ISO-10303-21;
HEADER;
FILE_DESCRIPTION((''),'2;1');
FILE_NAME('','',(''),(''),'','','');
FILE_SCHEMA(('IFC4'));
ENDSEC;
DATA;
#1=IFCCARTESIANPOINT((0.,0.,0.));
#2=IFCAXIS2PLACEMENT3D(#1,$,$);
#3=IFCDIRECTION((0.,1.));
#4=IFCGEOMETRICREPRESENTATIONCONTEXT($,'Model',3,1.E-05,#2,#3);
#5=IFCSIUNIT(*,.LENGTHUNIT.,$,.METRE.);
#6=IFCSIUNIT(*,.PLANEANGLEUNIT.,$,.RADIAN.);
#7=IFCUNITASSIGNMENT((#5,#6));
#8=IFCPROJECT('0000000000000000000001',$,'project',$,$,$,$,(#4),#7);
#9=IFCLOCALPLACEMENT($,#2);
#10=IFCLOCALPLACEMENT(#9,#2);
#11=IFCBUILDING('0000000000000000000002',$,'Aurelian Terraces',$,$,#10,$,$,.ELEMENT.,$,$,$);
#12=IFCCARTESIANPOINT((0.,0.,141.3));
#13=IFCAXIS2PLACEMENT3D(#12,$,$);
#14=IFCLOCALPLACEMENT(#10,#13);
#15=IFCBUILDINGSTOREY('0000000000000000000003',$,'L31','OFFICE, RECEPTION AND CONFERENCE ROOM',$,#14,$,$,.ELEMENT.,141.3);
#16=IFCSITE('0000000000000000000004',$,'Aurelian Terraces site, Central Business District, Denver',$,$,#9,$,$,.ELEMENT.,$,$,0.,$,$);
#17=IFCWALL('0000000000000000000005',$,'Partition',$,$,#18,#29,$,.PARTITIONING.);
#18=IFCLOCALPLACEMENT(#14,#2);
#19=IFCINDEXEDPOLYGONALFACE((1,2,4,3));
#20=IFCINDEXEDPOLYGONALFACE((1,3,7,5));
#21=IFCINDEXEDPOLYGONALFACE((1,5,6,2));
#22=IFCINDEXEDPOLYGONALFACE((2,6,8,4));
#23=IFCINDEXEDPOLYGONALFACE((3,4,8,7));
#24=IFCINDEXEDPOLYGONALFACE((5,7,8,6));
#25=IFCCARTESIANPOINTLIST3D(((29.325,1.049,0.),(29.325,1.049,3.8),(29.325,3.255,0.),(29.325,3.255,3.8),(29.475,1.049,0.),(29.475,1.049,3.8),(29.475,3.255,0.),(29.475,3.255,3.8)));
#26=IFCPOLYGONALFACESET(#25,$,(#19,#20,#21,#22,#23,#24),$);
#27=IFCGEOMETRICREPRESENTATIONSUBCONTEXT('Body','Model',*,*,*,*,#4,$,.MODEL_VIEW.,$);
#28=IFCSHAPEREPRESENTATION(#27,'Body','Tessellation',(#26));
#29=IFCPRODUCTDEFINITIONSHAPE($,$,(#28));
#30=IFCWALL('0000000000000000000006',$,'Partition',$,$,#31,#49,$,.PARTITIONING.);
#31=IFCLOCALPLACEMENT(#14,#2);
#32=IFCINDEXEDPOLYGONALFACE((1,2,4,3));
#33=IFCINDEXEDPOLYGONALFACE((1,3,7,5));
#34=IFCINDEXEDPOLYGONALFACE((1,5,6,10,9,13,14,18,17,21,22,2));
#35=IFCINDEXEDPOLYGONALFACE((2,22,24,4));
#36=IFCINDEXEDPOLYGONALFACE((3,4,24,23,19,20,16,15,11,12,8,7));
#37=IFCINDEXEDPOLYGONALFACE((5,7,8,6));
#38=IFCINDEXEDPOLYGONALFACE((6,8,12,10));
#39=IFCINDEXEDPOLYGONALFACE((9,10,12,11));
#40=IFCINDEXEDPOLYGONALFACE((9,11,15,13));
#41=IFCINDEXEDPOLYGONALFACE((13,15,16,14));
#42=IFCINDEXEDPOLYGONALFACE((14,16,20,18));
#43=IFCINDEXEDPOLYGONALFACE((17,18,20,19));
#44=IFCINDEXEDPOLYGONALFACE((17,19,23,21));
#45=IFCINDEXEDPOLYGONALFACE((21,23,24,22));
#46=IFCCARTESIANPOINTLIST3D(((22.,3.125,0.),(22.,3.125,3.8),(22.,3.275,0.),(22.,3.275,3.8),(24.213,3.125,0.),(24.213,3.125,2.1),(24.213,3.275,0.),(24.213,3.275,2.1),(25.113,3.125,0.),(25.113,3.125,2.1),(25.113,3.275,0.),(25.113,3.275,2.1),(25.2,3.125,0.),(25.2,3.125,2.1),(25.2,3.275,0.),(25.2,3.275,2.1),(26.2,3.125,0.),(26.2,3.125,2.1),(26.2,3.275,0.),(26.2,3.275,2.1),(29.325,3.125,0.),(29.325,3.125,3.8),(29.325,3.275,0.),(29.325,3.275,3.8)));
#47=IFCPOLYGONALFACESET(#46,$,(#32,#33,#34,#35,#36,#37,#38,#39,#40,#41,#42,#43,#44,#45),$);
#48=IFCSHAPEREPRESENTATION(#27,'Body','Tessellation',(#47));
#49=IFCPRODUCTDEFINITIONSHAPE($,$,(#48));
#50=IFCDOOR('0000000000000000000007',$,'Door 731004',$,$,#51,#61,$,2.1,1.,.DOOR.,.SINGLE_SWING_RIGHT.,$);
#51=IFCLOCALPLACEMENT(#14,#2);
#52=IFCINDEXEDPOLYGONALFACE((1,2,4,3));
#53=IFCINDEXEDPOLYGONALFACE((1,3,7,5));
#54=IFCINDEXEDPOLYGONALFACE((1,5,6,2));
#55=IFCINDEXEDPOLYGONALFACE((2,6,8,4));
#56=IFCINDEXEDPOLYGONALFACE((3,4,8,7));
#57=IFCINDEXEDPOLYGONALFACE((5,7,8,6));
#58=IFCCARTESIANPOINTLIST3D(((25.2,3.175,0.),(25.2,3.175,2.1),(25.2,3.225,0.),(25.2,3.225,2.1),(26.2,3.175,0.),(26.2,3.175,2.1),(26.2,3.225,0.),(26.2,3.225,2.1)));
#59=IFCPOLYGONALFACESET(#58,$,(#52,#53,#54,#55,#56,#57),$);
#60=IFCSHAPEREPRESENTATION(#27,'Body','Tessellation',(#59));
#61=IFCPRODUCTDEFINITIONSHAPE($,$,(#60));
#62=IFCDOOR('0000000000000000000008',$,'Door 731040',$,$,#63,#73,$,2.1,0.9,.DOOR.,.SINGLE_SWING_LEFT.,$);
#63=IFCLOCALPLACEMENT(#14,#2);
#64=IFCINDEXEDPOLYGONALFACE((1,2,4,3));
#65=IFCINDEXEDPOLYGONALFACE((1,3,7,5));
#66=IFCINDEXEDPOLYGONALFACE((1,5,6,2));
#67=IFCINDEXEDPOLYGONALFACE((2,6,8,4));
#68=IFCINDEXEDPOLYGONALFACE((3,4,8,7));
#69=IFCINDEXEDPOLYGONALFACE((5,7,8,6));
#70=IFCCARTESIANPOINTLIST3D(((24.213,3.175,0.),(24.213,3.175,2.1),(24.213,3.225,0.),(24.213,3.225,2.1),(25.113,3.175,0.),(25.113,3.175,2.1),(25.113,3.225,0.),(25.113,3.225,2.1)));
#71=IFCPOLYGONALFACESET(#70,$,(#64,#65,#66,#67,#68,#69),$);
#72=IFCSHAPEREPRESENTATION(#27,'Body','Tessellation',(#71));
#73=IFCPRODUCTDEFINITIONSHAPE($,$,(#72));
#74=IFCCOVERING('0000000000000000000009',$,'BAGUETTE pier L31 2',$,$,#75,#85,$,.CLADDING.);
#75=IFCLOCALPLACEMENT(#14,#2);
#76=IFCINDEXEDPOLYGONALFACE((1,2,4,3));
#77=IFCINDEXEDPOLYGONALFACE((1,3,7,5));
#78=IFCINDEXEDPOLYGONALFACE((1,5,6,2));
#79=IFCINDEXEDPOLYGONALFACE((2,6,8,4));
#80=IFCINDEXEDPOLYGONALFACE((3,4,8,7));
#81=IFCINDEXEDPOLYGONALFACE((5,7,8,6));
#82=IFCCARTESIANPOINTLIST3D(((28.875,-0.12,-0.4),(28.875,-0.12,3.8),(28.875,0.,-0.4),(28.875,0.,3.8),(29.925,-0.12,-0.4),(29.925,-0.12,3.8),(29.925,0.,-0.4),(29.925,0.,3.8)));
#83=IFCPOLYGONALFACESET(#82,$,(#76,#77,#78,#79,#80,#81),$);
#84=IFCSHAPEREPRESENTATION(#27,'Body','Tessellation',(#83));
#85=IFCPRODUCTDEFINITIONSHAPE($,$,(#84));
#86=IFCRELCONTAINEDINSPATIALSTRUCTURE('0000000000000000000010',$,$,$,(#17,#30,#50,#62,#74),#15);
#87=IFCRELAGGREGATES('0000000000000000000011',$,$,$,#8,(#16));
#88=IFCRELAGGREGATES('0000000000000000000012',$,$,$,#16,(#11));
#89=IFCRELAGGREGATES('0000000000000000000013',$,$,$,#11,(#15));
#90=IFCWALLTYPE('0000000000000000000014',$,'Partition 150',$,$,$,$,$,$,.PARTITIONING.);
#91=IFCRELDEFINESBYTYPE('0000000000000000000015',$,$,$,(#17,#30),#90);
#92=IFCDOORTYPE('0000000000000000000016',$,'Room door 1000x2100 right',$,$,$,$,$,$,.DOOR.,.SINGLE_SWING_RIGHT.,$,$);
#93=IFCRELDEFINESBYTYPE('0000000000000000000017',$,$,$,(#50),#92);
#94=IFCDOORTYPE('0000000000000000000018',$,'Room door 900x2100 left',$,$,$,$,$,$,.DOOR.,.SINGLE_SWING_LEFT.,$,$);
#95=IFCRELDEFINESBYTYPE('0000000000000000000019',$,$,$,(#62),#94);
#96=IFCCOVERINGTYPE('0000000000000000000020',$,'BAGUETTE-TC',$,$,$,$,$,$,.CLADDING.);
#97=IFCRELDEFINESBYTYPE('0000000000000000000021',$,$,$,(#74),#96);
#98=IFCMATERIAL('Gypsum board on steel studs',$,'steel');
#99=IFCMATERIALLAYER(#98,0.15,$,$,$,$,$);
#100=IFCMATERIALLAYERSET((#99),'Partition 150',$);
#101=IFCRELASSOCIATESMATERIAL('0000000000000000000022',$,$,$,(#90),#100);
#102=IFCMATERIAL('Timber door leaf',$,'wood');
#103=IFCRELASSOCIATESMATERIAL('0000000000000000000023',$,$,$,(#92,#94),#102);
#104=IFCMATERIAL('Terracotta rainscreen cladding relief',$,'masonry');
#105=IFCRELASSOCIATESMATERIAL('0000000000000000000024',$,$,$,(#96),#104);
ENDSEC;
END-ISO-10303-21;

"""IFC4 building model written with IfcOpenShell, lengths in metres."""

from ifc_helpers import new_model, si_unit, direction, frame, frame_2d, origin, origin_2d, place, context, subcontext, project, spatial, rectangle, extrude, source, transform, mapped, material, layer, layer_set, type_object, element, fill, save


model = new_model("IFC4")

# Units and contexts
model_context = context("Model", 3, precision=1e-05, world=origin(), true_north=direction((0.0, 1.0)))
body_context = subcontext(model_context, "Body", "Model", "MODEL_VIEW")
ifc_project = project(units=[si_unit("LENGTHUNIT", "METRE"), si_unit("PLANEANGLEUNIT", "RADIAN")], contexts=[model_context])

# Site, building, storey
site_placement = place(None, origin())
site = spatial("IfcSite", under=ifc_project, at=site_placement, Name="Aurelian Terraces site, Central Business District, Denver", CompositionType="ELEMENT", RefElevation=0.0)
building_placement = place(site_placement, origin())
building = spatial("IfcBuilding", under=site, at=building_placement, Name="Aurelian Terraces", CompositionType="ELEMENT")
storey_placement = place(building_placement, frame((0.0, 0.0, 141.3)))
storey = spatial("IfcBuildingStorey", under=building, at=storey_placement, Name="L31", Description="OFFICE, RECEPTION AND CONFERENCE ROOM", CompositionType="ELEMENT", Elevation=141.3)

# Shared definitions
ifc_material_1 = material(Name="Gypsum board on steel studs", Category="steel")
ifc_layer_1 = layer(ifc_material_1, 0.15)
ifc_layer_set_1 = layer_set([ifc_layer_1], Name="Partition 150")
wall_type_1 = type_object("IfcWallType", Name="Partition 150", PredefinedType="PARTITIONING", material=ifc_layer_set_1)

# Wall
shared_shape_1 = source(origin(), body_context, "Body", "SweptSolid", [
    extrude(rectangle(XDim=2.206, YDim=0.15, at=frame_2d((1.103, 0.0))), origin(), (0.0, 0.0, 1.0), 3.8),
])
wall_1_placement = place(storey_placement, frame((29.4, 1.049, 0.0), z_axis=(0.0, 0.0, 1.0), x_axis=(0.0, 1.0, 0.0)))
element("IfcWall", 1, at=wall_1_placement, inside=storey, type_object=wall_type_1, Name="Partition", PredefinedType="PARTITIONING", context=body_context, shape_type="MappedRepresentation", body=[
    mapped(shared_shape_1, transform((0.0, 0.0, 0.0), scale=1.0)),
])

# Wall, openings, doors
shared_shape_2 = source(origin(), body_context, "Body", "SweptSolid", [
    extrude(rectangle(XDim=7.325, YDim=0.15, at=frame_2d((3.6625, 0.0))), origin(), (0.0, 0.0, 1.0), 3.8),
])
wall_2_placement = place(storey_placement, frame((22.0, 3.2, 0.0), z_axis=(0.0, 0.0, 1.0), x_axis=(1.0, 0.0, 0.0)))
wall_2 = element("IfcWall", 2, at=wall_2_placement, inside=storey, type_object=wall_type_1, Name="Partition", PredefinedType="PARTITIONING", context=body_context, shape_type="MappedRepresentation", body=[
    mapped(shared_shape_2, transform((0.0, 0.0, 0.0), scale=1.0)),
])
shared_shape_3 = source(origin(), body_context, "Body", "SweptSolid", [
    extrude(rectangle(XDim=1.0, YDim=2.1, at=frame_2d((0.5, 1.05))), frame((0.0, 0.085, 0.0), z_axis=(0.0, -1.0, 0.0), x_axis=(1.0, 0.0, 0.0)), (0.0, 0.0, 1.0), 0.17),
])
opening_1_placement = place(wall_2_placement, frame((3.2, 0.0, 0.0)))
opening_1 = element("IfcOpeningElement", 3, at=opening_1_placement, cuts=wall_2, PredefinedType="OPENING", context=body_context, shape_type="MappedRepresentation", body=[
    mapped(shared_shape_3, transform((0.0, 0.0, 0.0), scale=1.0)),
])
shared_shape_4 = source(origin(), body_context, "Body", "SweptSolid", [
    extrude(rectangle(XDim=0.9, YDim=2.1, at=frame_2d((0.45, 1.05))), frame((0.0, 0.085, 0.0), z_axis=(0.0, -1.0, 0.0), x_axis=(1.0, 0.0, 0.0)), (0.0, 0.0, 1.0), 0.17),
])
opening_2_placement = place(wall_2_placement, frame((2.213, 0.0, 0.0)))
opening_2 = element("IfcOpeningElement", 4, at=opening_2_placement, cuts=wall_2, PredefinedType="OPENING", context=body_context, shape_type="MappedRepresentation", body=[
    mapped(shared_shape_4, transform((0.0, 0.0, 0.0), scale=1.0)),
])
ifc_material_2 = material(Name="Timber door leaf", Category="wood")
door_type_1 = type_object("IfcDoorType", Name="Room door 1000x2100 right", OperationType="SINGLE_SWING_RIGHT", PredefinedType="DOOR", material=ifc_material_2)
shared_shape_5 = source(origin(), body_context, "Body", "SweptSolid", [
    extrude(rectangle(XDim=1.0, YDim=2.1, at=frame_2d((0.5, 1.05))), frame((0.0, 0.025, 0.0), z_axis=(0.0, -1.0, 0.0), x_axis=(1.0, 0.0, 0.0)), (0.0, 0.0, 1.0), 0.05),
])
door_1_placement = place(opening_1_placement, origin())
door_1 = element("IfcDoor", 5, at=door_1_placement, inside=storey, type_object=door_type_1, Name="Door 731004", OperationType="SINGLE_SWING_RIGHT", OverallHeight=2.1, OverallWidth=1.0, PredefinedType="DOOR", context=body_context, shape_type="MappedRepresentation", body=[
    mapped(shared_shape_5, transform((0.0, 0.0, 0.0), scale=1.0)),
])
fill(opening_1, door_1)
door_type_2 = type_object("IfcDoorType", Name="Room door 900x2100 left", OperationType="SINGLE_SWING_LEFT", PredefinedType="DOOR", material=ifc_material_2)
shared_shape_6 = source(origin(), body_context, "Body", "SweptSolid", [
    extrude(rectangle(XDim=0.9, YDim=2.1, at=frame_2d((0.45, 1.05))), frame((0.0, 0.025, 0.0), z_axis=(0.0, -1.0, 0.0), x_axis=(1.0, 0.0, 0.0)), (0.0, 0.0, 1.0), 0.05),
])
door_2_placement = place(opening_2_placement, origin())
door_2 = element("IfcDoor", 6, at=door_2_placement, inside=storey, type_object=door_type_2, Name="Door 731040", OperationType="SINGLE_SWING_LEFT", OverallHeight=2.1, OverallWidth=0.9, PredefinedType="DOOR", context=body_context, shape_type="MappedRepresentation", body=[
    mapped(shared_shape_6, transform((0.0, 0.0, 0.0), scale=1.0)),
])
fill(opening_2, door_2)

# Covering
ifc_material_3 = material(Name="Terracotta rainscreen cladding relief", Category="masonry")
covering_type = type_object("IfcCoveringType", Name="BAGUETTE-TC", PredefinedType="CLADDING", material=ifc_material_3)
shared_shape_7 = source(origin(), body_context, "Body", "SweptSolid", [
    extrude(rectangle(XDim=1.05, YDim=0.12, at=origin_2d()), origin(), (0.0, 0.0, 1.0), 4.2),
])
covering_placement = place(storey_placement, frame((29.4, -0.06, -0.4), z_axis=(0.0, 0.0, 1.0), x_axis=(1.0, 0.0, 0.0)))
element("IfcCovering", 7, at=covering_placement, inside=storey, type_object=covering_type, Name="BAGUETTE pier L31 2", PredefinedType="CLADDING", context=body_context, shape_type="MappedRepresentation", body=[
    mapped(shared_shape_7, transform((0.0, 0.0, 0.0), scale=1.0)),
])

save(model, "model.ifc")
